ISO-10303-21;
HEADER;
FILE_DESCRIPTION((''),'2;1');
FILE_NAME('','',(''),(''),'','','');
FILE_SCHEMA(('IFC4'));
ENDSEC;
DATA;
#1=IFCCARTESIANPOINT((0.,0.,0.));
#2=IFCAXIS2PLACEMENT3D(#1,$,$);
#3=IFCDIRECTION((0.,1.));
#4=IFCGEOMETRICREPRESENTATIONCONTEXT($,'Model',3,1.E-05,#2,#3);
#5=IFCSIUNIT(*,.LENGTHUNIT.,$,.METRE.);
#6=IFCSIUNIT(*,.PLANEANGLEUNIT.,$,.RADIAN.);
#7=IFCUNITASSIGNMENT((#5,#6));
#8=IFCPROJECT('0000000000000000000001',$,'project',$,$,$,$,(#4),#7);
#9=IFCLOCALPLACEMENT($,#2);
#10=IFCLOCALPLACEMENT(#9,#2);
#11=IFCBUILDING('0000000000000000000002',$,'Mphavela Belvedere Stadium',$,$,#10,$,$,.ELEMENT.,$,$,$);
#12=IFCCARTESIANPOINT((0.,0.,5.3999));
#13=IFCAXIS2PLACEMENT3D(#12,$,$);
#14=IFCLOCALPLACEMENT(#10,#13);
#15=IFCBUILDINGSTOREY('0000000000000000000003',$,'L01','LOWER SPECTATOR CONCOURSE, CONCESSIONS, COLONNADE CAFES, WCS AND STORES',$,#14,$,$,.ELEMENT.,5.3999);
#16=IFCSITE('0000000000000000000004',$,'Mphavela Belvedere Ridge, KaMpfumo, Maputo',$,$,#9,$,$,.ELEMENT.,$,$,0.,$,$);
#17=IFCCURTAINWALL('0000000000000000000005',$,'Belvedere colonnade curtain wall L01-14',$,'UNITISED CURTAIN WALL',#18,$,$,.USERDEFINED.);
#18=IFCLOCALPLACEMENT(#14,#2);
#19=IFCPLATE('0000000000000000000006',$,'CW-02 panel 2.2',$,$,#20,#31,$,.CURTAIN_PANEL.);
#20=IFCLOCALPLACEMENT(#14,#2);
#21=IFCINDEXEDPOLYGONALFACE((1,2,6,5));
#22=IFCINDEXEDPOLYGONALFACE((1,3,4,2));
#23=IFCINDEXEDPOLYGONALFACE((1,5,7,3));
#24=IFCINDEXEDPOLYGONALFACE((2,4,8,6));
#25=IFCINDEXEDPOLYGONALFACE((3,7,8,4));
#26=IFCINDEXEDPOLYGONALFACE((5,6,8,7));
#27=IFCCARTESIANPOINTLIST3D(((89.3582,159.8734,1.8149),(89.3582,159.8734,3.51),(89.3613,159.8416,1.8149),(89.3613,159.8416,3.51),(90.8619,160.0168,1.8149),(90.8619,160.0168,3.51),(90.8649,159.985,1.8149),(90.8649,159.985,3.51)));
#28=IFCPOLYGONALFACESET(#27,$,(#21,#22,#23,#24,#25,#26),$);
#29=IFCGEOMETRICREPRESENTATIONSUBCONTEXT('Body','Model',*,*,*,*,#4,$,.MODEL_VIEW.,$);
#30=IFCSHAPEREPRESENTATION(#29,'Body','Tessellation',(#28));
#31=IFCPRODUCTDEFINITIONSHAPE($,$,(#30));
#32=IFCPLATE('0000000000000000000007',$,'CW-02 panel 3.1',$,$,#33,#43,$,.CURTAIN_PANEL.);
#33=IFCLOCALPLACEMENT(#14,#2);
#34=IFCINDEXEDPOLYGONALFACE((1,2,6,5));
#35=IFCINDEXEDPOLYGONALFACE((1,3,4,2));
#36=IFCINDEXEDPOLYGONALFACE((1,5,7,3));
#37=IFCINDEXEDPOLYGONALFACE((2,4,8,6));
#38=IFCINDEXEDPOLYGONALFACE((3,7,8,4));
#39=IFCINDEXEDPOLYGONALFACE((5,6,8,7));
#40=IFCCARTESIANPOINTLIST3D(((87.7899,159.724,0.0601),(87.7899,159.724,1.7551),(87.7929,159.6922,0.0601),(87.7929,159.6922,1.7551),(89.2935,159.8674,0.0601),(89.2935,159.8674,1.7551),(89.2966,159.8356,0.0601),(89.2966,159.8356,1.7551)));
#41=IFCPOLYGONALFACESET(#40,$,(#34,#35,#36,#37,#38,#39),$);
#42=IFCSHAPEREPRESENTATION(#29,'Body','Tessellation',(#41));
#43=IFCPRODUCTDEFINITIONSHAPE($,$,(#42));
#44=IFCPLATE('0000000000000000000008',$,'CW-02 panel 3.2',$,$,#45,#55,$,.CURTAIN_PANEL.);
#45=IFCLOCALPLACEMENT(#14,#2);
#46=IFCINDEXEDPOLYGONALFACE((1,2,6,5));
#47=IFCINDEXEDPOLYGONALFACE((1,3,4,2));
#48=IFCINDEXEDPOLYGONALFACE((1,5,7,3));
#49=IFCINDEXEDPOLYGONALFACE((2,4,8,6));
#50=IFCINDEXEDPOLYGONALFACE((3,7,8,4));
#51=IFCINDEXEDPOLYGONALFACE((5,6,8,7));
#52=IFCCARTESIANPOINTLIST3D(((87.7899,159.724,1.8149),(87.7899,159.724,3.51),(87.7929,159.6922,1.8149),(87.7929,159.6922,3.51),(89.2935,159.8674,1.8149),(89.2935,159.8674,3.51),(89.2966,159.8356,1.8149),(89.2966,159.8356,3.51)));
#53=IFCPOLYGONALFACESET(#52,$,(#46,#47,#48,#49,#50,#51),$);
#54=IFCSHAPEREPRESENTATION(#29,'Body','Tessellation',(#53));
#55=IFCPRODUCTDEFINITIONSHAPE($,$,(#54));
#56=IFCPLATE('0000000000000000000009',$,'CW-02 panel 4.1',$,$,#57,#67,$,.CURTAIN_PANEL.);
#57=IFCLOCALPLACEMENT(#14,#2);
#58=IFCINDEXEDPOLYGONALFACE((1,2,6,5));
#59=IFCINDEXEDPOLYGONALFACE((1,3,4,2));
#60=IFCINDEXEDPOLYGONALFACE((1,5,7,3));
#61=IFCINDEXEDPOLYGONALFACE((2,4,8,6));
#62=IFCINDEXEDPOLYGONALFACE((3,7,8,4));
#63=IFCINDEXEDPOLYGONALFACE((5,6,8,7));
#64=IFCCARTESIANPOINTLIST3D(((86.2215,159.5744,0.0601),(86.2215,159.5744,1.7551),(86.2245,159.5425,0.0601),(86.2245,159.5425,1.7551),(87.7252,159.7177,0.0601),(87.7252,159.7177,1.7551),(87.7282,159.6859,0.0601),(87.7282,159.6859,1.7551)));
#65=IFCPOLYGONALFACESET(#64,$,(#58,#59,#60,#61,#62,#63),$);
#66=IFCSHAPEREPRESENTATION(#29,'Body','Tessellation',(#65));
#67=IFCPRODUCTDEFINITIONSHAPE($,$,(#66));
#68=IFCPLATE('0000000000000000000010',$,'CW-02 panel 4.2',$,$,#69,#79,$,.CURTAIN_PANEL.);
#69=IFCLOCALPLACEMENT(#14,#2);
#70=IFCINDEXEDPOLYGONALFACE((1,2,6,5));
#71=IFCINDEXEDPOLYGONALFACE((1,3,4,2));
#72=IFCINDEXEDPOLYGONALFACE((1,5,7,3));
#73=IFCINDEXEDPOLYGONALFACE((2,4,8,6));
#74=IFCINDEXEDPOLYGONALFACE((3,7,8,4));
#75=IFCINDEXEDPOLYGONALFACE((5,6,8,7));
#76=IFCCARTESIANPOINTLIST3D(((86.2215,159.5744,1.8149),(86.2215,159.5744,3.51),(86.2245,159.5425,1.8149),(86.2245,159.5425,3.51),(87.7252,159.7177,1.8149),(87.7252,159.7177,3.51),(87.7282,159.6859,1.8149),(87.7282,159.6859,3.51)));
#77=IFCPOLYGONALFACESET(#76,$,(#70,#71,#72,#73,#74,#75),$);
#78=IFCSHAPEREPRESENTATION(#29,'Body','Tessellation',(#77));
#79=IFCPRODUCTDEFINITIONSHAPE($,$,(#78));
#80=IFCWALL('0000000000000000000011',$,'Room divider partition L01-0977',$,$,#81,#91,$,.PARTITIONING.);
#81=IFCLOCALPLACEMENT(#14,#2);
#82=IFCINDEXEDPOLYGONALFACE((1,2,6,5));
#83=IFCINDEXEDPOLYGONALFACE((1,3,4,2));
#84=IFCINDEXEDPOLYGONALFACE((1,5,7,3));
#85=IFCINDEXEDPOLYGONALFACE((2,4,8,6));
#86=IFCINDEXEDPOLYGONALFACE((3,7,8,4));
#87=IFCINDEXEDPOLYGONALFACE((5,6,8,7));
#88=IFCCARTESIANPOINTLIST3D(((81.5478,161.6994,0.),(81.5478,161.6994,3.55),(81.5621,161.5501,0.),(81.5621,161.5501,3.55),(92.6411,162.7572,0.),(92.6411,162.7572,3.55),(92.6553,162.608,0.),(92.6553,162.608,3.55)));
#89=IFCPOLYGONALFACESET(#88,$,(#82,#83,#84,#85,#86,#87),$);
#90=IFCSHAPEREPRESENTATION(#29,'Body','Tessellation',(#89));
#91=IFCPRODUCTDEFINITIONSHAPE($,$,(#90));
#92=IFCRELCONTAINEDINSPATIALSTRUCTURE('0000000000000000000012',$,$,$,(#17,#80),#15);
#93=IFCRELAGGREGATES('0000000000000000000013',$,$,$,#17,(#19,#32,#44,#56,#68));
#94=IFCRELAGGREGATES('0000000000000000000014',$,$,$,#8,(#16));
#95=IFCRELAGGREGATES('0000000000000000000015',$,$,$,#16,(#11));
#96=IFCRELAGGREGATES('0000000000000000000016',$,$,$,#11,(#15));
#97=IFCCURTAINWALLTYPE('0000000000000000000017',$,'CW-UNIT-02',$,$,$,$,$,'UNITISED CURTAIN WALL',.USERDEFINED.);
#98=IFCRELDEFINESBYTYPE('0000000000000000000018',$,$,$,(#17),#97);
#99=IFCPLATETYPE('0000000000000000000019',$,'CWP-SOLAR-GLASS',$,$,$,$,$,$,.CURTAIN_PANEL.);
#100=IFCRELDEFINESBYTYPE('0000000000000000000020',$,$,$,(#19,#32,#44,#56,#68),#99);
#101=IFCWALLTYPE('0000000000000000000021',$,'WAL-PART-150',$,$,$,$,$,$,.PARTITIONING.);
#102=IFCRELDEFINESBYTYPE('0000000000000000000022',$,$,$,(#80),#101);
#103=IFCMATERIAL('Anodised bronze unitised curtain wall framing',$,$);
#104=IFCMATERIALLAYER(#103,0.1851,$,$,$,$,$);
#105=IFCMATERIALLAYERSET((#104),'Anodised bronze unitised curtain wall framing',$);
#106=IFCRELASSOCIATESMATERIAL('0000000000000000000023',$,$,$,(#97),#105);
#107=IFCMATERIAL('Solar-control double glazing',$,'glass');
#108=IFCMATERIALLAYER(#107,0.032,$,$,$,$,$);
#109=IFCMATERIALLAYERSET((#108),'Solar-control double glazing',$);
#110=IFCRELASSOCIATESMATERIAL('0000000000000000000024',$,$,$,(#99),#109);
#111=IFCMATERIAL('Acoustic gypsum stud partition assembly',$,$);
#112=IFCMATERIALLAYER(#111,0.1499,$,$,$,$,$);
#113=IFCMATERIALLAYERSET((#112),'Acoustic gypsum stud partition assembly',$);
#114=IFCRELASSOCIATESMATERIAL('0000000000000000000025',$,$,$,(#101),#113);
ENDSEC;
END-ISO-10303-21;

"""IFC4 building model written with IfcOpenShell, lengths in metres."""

from ifc_helpers import new_model, si_unit, direction, frame, frame_2d, origin, origin_2d, place, context, subcontext, project, spatial, rectangle, extrude, material, layer, layer_set, type_object, element, aggregate, save


model = new_model("IFC4")

# Units and contexts
model_context = context("Model", 3, precision=1e-05, world=origin(), true_north=direction((0.0, 1.0)))
body_context = subcontext(model_context, "Body", "Model", "MODEL_VIEW")
ifc_project = project(units=[si_unit("LENGTHUNIT", "METRE"), si_unit("PLANEANGLEUNIT", "RADIAN")], contexts=[model_context])

# Site, building, storey
site_placement = place(None, origin())
site = spatial("IfcSite", under=ifc_project, at=site_placement, Name="Mphavela Belvedere Ridge, KaMpfumo, Maputo", CompositionType="ELEMENT", RefElevation=0.0)
building_placement = place(site_placement, origin())
building = spatial("IfcBuilding", under=site, at=building_placement, Name="Mphavela Belvedere Stadium", CompositionType="ELEMENT")
storey_placement = place(building_placement, frame((0.0, 0.0, 5.3999)))
storey = spatial("IfcBuildingStorey", under=building, at=storey_placement, Name="L01", Description="LOWER SPECTATOR CONCOURSE, CONCESSIONS, COLONNADE CAFES, WCS AND STORES", CompositionType="ELEMENT", Elevation=5.3999)

# Curtain wall, plates
ifc_material_1 = material(Name="Anodised bronze unitised curtain wall framing")
ifc_layer_1 = layer(ifc_material_1, 0.1851)
ifc_layer_set_1 = layer_set([ifc_layer_1], Name="Anodised bronze unitised curtain wall framing")
curtain_wall_type = type_object("IfcCurtainWallType", Name="CW-UNIT-02", ElementType="UNITISED CURTAIN WALL", PredefinedType="USERDEFINED", material=ifc_layer_set_1)
curtain_wall_placement = place(storey_placement, origin())
curtain_wall = element("IfcCurtainWall", 1, at=curtain_wall_placement, inside=storey, type_object=curtain_wall_type, Name="Belvedere colonnade curtain wall L01-14", ObjectType="UNITISED CURTAIN WALL", PredefinedType="USERDEFINED")
ifc_material_2 = material(Name="Solar-control double glazing", Category="glass")
ifc_layer_2 = layer(ifc_material_2, 0.032)
ifc_layer_set_2 = layer_set([ifc_layer_2], Name="Solar-control double glazing")
plate_type = type_object("IfcPlateType", Name="CWP-SOLAR-GLASS", PredefinedType="CURTAIN_PANEL", material=ifc_layer_set_2)
plate_1_placement = place(storey_placement, frame((90.1116, 159.9292, 1.8149), z_axis=(0.0, 0.0, 1.0), x_axis=(-0.995485, -0.094922, 0.0)))
plate_1 = element("IfcPlate", 2, at=plate_1_placement, type_object=plate_type, Name="CW-02 panel 2.2", PredefinedType="CURTAIN_PANEL", context=body_context, shape_type="SweptSolid", body=[
    extrude(rectangle(XDim=1.5105, YDim=0.032, at=origin_2d()), origin(), (0.0, 0.0, 1.0), 1.6951),
])
plate_2_placement = place(storey_placement, frame((88.5432, 159.7798, 0.0601), z_axis=(0.0, 0.0, 1.0), x_axis=(-0.995485, -0.094922, 0.0)))
plate_2 = element("IfcPlate", 3, at=plate_2_placement, type_object=plate_type, Name="CW-02 panel 3.1", PredefinedType="CURTAIN_PANEL", context=body_context, shape_type="SweptSolid", body=[
    extrude(rectangle(XDim=1.5105, YDim=0.032, at=origin_2d()), origin(), (0.0, 0.0, 1.0), 1.6951),
])
plate_3_placement = place(storey_placement, frame((88.5432, 159.7798, 1.8149), z_axis=(0.0, 0.0, 1.0), x_axis=(-0.995485, -0.094922, 0.0)))
plate_3 = element("IfcPlate", 4, at=plate_3_placement, type_object=plate_type, Name="CW-02 panel 3.2", PredefinedType="CURTAIN_PANEL", context=body_context, shape_type="SweptSolid", body=[
    extrude(rectangle(XDim=1.5105, YDim=0.032, at=origin_2d()), origin(), (0.0, 0.0, 1.0), 1.6951),
])
plate_4_placement = place(storey_placement, frame((86.9749, 159.6301, 0.0601), z_axis=(0.0, 0.0, 1.0), x_axis=(-0.995485, -0.094922, 0.0)))
plate_4 = element("IfcPlate", 5, at=plate_4_placement, type_object=plate_type, Name="CW-02 panel 4.1", PredefinedType="CURTAIN_PANEL", context=body_context, shape_type="SweptSolid", body=[
    extrude(rectangle(XDim=1.5105, YDim=0.032, at=origin_2d()), origin(), (0.0, 0.0, 1.0), 1.6951),
])
plate_5_placement = place(storey_placement, frame((86.9749, 159.6301, 1.8149), z_axis=(0.0, 0.0, 1.0), x_axis=(-0.995485, -0.094922, 0.0)))
plate_5 = element("IfcPlate", 6, at=plate_5_placement, type_object=plate_type, Name="CW-02 panel 4.2", PredefinedType="CURTAIN_PANEL", context=body_context, shape_type="SweptSolid", body=[
    extrude(rectangle(XDim=1.5105, YDim=0.032, at=origin_2d()), origin(), (0.0, 0.0, 1.0), 1.6951),
])
aggregate(curtain_wall, [plate_1, plate_2, plate_3, plate_4, plate_5])

# Wall
ifc_material_3 = material(Name="Acoustic gypsum stud partition assembly")
ifc_layer_3 = layer(ifc_material_3, 0.1499)
ifc_layer_set_3 = layer_set([ifc_layer_3], Name="Acoustic gypsum stud partition assembly")
wall_type = type_object("IfcWallType", Name="WAL-PART-150", PredefinedType="PARTITIONING", material=ifc_layer_set_3)
wall_placement = place(storey_placement, frame((92.6482, 162.6826, 0.0), z_axis=(0.0, 0.0, 1.0), x_axis=(-0.995484, -0.09493, 0.0)))
element("IfcWall", 7, at=wall_placement, inside=storey, type_object=wall_type, Name="Room divider partition L01-0977", PredefinedType="PARTITIONING", context=body_context, shape_type="SweptSolid", body=[
    extrude(rectangle(XDim=11.1436, YDim=0.1499, at=frame_2d((5.5718, 0.0))), origin(), (0.0, 0.0, 1.0), 3.55),
])

save(model, "model.ifc")
